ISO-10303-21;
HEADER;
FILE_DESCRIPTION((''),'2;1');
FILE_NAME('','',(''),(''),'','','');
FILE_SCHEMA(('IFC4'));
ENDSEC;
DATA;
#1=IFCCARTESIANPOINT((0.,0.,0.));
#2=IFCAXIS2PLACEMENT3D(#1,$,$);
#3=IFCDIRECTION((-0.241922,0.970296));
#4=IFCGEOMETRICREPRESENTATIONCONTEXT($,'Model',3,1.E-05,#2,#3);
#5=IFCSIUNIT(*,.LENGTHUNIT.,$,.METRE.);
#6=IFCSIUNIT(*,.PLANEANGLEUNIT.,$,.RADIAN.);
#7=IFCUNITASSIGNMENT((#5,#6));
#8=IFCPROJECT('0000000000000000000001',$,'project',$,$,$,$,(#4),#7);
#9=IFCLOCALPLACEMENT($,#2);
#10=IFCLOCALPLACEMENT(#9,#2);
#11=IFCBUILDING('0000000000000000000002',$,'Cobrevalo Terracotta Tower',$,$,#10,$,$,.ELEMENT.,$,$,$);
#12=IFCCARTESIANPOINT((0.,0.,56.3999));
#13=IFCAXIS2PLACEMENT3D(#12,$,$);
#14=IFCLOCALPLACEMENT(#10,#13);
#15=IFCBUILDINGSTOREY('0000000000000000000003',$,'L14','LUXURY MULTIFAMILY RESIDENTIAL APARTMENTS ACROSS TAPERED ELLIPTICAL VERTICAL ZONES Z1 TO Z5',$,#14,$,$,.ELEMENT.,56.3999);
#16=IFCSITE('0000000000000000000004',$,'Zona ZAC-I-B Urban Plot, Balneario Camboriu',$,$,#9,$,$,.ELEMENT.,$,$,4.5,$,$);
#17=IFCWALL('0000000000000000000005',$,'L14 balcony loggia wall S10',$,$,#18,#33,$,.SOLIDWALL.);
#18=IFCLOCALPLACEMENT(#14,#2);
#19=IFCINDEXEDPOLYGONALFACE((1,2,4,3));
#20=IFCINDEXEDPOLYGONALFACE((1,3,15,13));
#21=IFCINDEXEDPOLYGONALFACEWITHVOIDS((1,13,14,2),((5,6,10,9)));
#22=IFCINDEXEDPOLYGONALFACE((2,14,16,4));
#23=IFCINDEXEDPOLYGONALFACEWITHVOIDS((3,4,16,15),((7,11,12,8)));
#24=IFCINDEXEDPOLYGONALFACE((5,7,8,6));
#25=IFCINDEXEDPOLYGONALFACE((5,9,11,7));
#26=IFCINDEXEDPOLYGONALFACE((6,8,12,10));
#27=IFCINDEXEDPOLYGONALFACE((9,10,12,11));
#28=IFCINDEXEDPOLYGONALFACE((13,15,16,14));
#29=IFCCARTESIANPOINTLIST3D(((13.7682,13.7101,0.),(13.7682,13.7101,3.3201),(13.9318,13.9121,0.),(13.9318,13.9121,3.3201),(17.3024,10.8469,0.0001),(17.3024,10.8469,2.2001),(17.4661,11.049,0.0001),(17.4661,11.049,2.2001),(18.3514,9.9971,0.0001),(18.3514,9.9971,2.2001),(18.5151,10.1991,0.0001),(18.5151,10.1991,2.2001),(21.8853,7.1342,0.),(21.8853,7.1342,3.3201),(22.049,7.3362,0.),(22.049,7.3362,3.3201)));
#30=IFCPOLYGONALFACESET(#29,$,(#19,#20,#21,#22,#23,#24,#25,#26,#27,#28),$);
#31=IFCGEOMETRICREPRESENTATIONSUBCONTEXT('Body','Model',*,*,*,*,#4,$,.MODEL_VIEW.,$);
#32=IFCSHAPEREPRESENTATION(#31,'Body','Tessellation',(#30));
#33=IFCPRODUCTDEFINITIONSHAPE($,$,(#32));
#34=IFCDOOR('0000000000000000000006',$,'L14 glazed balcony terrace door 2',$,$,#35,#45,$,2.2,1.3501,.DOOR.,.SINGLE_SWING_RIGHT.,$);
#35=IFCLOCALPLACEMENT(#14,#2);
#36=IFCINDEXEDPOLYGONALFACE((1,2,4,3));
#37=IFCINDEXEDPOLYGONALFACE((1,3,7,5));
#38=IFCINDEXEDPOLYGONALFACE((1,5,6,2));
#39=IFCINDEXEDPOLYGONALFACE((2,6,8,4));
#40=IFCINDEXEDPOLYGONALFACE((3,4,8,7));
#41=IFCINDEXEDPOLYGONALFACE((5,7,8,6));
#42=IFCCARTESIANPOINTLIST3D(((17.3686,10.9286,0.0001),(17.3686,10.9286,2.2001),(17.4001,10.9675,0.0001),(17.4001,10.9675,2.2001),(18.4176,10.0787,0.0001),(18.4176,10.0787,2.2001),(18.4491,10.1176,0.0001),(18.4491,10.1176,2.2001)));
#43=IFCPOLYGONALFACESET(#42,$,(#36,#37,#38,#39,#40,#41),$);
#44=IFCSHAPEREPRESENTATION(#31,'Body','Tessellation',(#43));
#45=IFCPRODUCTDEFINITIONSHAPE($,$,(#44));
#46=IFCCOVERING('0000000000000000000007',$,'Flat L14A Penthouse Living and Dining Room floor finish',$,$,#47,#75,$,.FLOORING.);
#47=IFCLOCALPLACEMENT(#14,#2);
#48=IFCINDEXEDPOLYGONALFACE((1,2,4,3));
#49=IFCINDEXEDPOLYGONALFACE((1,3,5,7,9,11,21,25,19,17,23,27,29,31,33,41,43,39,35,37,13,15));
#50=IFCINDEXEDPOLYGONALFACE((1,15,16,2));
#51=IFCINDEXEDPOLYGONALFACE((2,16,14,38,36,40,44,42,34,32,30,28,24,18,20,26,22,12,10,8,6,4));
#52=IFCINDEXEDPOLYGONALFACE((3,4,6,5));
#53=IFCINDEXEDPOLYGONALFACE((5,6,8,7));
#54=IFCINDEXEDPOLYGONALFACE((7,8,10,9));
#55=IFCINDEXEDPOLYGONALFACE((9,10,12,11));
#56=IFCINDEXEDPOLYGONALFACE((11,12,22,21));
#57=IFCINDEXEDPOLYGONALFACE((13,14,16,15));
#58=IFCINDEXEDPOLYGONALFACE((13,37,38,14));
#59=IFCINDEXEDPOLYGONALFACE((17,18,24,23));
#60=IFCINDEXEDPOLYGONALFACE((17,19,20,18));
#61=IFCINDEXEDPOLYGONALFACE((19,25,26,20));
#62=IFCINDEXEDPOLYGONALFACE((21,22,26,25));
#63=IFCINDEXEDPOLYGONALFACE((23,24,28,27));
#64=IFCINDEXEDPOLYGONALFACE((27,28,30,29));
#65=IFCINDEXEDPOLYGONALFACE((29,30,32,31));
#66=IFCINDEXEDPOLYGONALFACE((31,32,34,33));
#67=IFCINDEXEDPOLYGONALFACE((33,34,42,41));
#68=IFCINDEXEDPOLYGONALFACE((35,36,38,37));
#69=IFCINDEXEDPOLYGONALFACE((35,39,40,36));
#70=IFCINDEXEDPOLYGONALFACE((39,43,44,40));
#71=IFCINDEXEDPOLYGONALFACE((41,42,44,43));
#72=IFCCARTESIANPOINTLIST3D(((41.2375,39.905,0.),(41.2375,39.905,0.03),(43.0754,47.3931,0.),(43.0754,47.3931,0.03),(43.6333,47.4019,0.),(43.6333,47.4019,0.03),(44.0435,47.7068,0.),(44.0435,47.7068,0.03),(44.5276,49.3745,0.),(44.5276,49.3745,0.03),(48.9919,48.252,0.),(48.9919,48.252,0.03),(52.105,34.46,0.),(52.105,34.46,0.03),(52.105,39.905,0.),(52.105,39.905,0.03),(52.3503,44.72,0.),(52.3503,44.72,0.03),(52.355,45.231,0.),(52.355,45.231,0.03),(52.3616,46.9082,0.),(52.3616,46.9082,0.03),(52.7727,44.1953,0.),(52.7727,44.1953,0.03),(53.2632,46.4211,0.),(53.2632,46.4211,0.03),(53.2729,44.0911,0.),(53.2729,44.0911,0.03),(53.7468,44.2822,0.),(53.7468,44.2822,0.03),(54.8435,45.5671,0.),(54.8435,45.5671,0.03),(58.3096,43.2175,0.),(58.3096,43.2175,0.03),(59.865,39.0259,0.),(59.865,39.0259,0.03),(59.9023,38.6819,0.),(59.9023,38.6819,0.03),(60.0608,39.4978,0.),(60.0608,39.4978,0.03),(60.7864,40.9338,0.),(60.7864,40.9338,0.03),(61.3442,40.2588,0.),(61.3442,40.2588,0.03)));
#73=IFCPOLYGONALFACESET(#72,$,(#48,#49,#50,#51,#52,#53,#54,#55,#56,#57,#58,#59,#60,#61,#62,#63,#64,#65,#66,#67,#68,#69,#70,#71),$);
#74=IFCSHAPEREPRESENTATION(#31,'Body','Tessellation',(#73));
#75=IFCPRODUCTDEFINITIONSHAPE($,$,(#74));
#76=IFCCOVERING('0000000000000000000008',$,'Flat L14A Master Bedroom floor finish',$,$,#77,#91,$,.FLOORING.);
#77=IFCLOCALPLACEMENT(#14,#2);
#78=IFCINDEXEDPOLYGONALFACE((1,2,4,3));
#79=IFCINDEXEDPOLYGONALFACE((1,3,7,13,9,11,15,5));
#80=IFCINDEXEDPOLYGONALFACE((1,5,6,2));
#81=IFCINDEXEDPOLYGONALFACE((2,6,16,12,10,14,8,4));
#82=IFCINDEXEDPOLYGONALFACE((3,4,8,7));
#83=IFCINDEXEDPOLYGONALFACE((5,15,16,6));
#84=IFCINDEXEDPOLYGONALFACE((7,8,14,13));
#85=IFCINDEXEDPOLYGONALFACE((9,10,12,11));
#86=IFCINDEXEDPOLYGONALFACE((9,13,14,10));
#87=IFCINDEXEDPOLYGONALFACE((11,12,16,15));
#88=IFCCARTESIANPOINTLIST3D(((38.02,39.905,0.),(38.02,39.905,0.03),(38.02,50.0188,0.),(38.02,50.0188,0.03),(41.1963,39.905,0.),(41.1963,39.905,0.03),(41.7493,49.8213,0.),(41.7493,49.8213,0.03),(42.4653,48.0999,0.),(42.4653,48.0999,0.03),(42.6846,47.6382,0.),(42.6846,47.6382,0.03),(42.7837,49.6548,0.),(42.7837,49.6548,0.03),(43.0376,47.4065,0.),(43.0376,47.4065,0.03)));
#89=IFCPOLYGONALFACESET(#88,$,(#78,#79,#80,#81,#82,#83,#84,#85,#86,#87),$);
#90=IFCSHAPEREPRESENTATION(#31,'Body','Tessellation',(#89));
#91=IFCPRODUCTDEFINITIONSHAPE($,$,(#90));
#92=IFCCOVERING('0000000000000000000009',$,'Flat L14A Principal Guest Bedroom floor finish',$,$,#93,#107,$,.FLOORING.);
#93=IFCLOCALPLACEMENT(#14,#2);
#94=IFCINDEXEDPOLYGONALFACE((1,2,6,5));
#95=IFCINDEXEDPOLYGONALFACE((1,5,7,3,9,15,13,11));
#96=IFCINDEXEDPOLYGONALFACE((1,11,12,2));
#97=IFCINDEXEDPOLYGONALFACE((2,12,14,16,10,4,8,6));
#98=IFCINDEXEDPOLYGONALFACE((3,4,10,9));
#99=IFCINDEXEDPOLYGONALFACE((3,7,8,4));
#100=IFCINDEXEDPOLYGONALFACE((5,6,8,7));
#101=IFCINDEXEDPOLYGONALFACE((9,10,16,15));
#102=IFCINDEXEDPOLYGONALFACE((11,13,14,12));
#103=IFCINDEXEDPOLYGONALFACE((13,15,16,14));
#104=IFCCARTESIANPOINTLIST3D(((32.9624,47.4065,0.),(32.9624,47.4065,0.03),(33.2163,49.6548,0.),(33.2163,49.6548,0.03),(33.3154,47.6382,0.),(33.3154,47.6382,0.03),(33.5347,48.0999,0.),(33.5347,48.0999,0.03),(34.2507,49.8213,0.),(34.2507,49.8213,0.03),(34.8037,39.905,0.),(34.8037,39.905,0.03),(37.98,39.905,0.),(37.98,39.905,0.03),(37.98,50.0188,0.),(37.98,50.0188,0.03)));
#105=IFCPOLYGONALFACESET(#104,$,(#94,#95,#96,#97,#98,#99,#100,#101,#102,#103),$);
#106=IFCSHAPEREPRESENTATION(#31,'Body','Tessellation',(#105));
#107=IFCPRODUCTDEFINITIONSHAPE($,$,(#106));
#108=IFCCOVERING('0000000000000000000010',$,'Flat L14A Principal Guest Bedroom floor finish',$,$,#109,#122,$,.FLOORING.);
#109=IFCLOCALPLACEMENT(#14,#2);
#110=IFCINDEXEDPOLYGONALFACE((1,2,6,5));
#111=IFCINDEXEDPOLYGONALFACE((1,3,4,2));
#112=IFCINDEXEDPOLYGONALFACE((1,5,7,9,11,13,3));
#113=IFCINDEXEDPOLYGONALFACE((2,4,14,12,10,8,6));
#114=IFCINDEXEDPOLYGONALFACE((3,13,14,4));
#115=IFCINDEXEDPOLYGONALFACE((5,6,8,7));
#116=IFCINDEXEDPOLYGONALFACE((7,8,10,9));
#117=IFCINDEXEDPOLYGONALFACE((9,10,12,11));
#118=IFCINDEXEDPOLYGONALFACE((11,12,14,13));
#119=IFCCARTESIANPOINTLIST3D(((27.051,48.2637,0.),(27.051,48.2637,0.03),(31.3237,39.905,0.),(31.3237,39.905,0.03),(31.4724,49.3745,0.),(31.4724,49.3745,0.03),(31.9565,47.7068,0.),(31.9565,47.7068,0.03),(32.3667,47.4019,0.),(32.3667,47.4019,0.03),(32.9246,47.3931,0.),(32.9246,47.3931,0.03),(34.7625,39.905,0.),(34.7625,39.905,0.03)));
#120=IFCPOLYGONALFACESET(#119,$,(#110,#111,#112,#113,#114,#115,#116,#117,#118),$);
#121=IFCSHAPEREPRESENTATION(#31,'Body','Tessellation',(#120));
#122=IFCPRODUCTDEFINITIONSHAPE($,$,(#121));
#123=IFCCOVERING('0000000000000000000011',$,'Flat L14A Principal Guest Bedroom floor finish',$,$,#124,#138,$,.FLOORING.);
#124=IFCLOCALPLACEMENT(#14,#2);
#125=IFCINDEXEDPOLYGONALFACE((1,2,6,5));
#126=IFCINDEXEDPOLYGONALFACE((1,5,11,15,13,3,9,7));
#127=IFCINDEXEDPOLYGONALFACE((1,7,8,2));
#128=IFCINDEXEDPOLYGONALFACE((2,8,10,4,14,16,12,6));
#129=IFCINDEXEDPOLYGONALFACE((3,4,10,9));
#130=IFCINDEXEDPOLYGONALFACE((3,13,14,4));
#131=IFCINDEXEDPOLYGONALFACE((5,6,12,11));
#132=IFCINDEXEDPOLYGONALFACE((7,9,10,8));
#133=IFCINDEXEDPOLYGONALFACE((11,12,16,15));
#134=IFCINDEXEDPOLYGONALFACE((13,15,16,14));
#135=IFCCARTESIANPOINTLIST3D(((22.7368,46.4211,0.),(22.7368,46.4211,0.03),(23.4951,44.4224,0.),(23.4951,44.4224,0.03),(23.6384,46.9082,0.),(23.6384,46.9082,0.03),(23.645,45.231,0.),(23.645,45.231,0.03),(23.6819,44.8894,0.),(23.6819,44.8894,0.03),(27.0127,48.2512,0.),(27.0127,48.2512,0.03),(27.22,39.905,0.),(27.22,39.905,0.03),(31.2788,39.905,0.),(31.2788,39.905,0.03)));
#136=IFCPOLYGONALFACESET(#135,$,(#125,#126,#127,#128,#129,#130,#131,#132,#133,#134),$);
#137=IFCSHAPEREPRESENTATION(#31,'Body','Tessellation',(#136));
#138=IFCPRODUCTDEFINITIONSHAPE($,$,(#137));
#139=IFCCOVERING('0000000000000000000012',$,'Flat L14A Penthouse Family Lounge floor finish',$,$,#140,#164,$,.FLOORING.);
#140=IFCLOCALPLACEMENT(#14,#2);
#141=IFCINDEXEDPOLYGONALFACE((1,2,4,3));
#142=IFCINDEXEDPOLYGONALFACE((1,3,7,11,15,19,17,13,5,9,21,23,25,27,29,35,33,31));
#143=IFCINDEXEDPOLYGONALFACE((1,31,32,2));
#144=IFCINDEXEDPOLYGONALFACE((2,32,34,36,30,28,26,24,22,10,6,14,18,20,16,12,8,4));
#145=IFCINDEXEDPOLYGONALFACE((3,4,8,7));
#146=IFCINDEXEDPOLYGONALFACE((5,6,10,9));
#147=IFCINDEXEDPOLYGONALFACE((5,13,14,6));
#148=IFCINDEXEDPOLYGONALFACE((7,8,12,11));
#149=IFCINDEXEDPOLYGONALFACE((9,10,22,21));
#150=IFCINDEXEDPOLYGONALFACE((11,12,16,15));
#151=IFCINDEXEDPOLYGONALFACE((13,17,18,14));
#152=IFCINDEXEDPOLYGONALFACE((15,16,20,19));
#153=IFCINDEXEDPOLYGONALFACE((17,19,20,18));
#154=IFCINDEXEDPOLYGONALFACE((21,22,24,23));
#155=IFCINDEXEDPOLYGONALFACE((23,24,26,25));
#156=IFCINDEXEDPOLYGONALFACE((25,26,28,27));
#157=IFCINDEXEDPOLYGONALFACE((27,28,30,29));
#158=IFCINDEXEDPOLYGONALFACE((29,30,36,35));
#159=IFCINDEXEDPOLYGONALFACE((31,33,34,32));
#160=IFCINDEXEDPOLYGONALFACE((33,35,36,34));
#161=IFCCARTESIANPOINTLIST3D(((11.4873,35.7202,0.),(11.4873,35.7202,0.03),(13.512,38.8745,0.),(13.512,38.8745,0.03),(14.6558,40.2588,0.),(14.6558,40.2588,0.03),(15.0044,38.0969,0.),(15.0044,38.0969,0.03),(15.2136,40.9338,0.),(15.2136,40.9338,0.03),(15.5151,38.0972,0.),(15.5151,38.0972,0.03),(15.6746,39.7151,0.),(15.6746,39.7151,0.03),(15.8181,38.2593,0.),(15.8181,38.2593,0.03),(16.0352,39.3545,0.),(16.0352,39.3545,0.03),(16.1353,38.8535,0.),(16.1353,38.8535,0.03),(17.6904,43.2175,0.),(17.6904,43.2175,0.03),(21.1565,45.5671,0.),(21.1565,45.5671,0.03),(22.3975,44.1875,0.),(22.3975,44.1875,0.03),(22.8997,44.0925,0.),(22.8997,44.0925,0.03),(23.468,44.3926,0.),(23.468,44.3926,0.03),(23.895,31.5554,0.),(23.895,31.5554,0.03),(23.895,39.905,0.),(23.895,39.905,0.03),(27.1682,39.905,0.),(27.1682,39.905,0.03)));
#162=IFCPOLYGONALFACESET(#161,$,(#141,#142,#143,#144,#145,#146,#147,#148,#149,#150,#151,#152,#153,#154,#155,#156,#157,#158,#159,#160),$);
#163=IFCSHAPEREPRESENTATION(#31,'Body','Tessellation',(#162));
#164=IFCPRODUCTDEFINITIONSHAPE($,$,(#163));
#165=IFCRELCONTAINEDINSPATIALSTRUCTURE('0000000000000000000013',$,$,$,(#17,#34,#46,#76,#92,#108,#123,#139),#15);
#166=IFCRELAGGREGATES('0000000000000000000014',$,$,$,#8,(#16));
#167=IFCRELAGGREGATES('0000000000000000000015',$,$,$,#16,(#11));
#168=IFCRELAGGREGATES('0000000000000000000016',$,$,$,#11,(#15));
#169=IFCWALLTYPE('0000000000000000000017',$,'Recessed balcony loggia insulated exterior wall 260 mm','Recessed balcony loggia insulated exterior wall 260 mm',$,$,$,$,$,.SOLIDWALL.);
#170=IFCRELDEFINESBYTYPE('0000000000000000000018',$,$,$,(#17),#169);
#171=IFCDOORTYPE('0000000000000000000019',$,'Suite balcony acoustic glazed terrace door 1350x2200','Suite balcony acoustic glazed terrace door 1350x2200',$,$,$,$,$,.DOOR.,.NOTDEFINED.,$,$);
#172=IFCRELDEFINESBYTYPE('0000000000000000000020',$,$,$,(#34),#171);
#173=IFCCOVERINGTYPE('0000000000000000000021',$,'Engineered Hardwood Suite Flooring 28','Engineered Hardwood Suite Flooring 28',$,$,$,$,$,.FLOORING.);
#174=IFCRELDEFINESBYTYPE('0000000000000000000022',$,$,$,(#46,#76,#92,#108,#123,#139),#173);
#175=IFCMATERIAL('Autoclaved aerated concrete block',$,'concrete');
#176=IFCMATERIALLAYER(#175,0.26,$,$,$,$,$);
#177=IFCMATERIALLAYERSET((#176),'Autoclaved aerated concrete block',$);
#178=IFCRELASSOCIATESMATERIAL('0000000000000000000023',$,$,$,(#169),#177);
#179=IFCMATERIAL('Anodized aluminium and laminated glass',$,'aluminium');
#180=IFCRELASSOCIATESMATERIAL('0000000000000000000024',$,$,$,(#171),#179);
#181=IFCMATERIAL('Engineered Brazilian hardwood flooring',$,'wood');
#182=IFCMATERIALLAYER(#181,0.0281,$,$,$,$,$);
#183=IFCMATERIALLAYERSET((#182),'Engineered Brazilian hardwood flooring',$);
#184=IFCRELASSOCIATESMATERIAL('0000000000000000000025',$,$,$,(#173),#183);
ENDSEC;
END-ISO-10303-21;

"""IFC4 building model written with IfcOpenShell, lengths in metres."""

from ifc_helpers import new_model, si_unit, direction, frame, frame_2d, origin, place, context, subcontext, project, spatial, polyline, rectangle, outline, extrude, source, transform, mapped, material, layer, layer_set, type_object, element, fill, save


model = new_model("IFC4")

# Units and contexts
model_context = context("Model", 3, precision=1e-05, world=origin(), true_north=direction((-0.241922, 0.970296)))
body_context = subcontext(model_context, "Body", "Model", "MODEL_VIEW")
ifc_project = project(units=[si_unit("LENGTHUNIT", "METRE"), si_unit("PLANEANGLEUNIT", "RADIAN")], contexts=[model_context])

# Site, building, storey
site_placement = place(None, origin())
site = spatial("IfcSite", under=ifc_project, at=site_placement, Name="Zona ZAC-I-B Urban Plot, Balneario Camboriu", CompositionType="ELEMENT", RefElevation=4.5)
building_placement = place(site_placement, origin())
building = spatial("IfcBuilding", under=site, at=building_placement, Name="Cobrevalo Terracotta Tower", CompositionType="ELEMENT")
storey_placement = place(building_placement, frame((0.0, 0.0, 56.3999)))
storey = spatial("IfcBuildingStorey", under=building, at=storey_placement, Name="L14", Description="LUXURY MULTIFAMILY RESIDENTIAL APARTMENTS ACROSS TAPERED ELLIPTICAL VERTICAL ZONES Z1 TO Z5", CompositionType="ELEMENT", Elevation=56.3999)

# Wall, opening, door
ifc_material_1 = material(Name="Autoclaved aerated concrete block", Category="concrete")
ifc_layer_1 = layer(ifc_material_1, 0.26)
ifc_layer_set_1 = layer_set([ifc_layer_1], Name="Autoclaved aerated concrete block")
wall_type = type_object("IfcWallType", Name="Recessed balcony loggia insulated exterior wall 260 mm", Description="Recessed balcony loggia insulated exterior wall 260 mm", PredefinedType="SOLIDWALL", material=ifc_layer_set_1)
wall_placement = place(storey_placement, frame((13.8501, 13.811, 0.0), z_axis=(0.0, 0.0, 1.0), x_axis=(0.777017, -0.62948, 0.0)))
wall = element("IfcWall", 1, at=wall_placement, inside=storey, type_object=wall_type, Name="L14 balcony loggia wall S10", PredefinedType="SOLIDWALL", context=body_context, shape_type="SweptSolid", body=[
    extrude(rectangle(XDim=10.4465, YDim=0.26, at=frame_2d((5.2231, 0.0))), origin(), (0.0, 0.0, 1.0), 3.3201),
])
opening_placement = place(wall_placement, frame((4.5483, 0.0, 0.0)))
opening = element("IfcOpeningElement", 2, at=opening_placement, cuts=wall, PredefinedType="OPENING", context=body_context, shape_type="SweptSolid", body=[
    extrude(rectangle(XDim=1.3501, YDim=2.2, at=frame_2d((0.675, 1.1001))), frame((0.0, 0.1401, 0.0), z_axis=(0.0, -1.0, 0.0), x_axis=(1.0, 0.0, 0.0)), (0.0, 0.0, 1.0), 0.28),
])
ifc_material_2 = material(Name="Anodized aluminium and laminated glass", Category="aluminium")
door_type = type_object("IfcDoorType", Name="Suite balcony acoustic glazed terrace door 1350x2200", Description="Suite balcony acoustic glazed terrace door 1350x2200", OperationType="NOTDEFINED", PredefinedType="DOOR", material=ifc_material_2)
shared_shape_1 = source(origin(), body_context, "Body", "SweptSolid", [
    extrude(rectangle(XDim=1.3501, YDim=2.2, at=frame_2d((0.675, 1.1001))), frame((0.0, 0.0249, 0.0), z_axis=(0.0, -1.0, 0.0), x_axis=(1.0, 0.0, 0.0)), (0.0, 0.0, 1.0), 0.05),
])
door_placement = place(opening_placement, frame((1.3501, 0.0, 0.0), z_axis=(0.0, 0.0, 1.0), x_axis=(-1.0, 0.0, 0.0)))
door = element("IfcDoor", 3, at=door_placement, inside=storey, type_object=door_type, Name="L14 glazed balcony terrace door 2", OperationType="SINGLE_SWING_RIGHT", OverallHeight=2.2, OverallWidth=1.3501, PredefinedType="DOOR", context=body_context, shape_type="MappedRepresentation", body=[
    mapped(shared_shape_1, transform((0.0, 0.0, 0.0), scale=1.0)),
])
fill(opening, door)

# Coverings
ifc_material_3 = material(Name="Engineered Brazilian hardwood flooring", Category="wood")
ifc_layer_2 = layer(ifc_material_3, 0.0281)
ifc_layer_set_2 = layer_set([ifc_layer_2], Name="Engineered Brazilian hardwood flooring")
covering_type_1 = type_object("IfcCoveringType", Name="Engineered Hardwood Suite Flooring 28", Description="Engineered Hardwood Suite Flooring 28", PredefinedType="FLOORING", material=ifc_layer_set_2)
covering_1_placement = place(storey_placement, origin())
element("IfcCovering", 4, at=covering_1_placement, inside=storey, type_object=covering_type_1, Name="Flat L14A Penthouse Living and Dining Room floor finish", PredefinedType="FLOORING", context=body_context, shape_type="SweptSolid", body=[
    extrude(outline(polyline([(48.9919, 48.252), (52.3616, 46.9082), (53.2632, 46.4211), (52.355, 45.231), (52.3503, 44.72), (52.7727, 44.1953), (53.2729, 44.0911), (53.7468, 44.2822), (54.8435, 45.5671), (58.3096, 43.2175), (60.7864, 40.9338), (61.3442, 40.2588), (60.0608, 39.4978), (59.865, 39.0259), (59.9023, 38.6819), (52.105, 34.46), (52.105, 39.905), (41.2375, 39.905), (43.0754, 47.3931), (43.6333, 47.4019), (44.0435, 47.7068), (44.5276, 49.3745), (48.9919, 48.252)])), origin(), (0.0, 0.0, 1.0), 0.03),
])
covering_2_placement = place(storey_placement, origin())
element("IfcCovering", 5, at=covering_2_placement, inside=storey, type_object=covering_type_1, Name="Flat L14A Master Bedroom floor finish", PredefinedType="FLOORING", context=body_context, shape_type="SweptSolid", body=[
    extrude(outline(polyline([(42.7837, 49.6548), (42.4653, 48.0999), (42.6846, 47.6382), (43.0376, 47.4065), (41.1963, 39.905), (38.02, 39.905), (38.02, 50.0188), (41.7493, 49.8213), (42.7837, 49.6548)])), origin(), (0.0, 0.0, 1.0), 0.03),
])
covering_3_placement = place(storey_placement, origin())
element("IfcCovering", 6, at=covering_3_placement, inside=storey, type_object=covering_type_1, Name="Flat L14A Principal Guest Bedroom floor finish", PredefinedType="FLOORING", context=body_context, shape_type="SweptSolid", body=[
    extrude(outline(polyline([(37.98, 50.0188), (37.98, 39.905), (34.8037, 39.905), (32.9624, 47.4065), (33.3154, 47.6382), (33.5347, 48.0999), (33.2163, 49.6548), (34.2507, 49.8213), (37.98, 50.0188)])), origin(), (0.0, 0.0, 1.0), 0.03),
])
covering_4_placement = place(storey_placement, origin())
element("IfcCovering", 7, at=covering_4_placement, inside=storey, type_object=covering_type_1, Name="Flat L14A Principal Guest Bedroom floor finish", PredefinedType="FLOORING", context=body_context, shape_type="SweptSolid", body=[
    extrude(outline(polyline([(31.4724, 49.3745), (31.9565, 47.7068), (32.3667, 47.4019), (32.9246, 47.3931), (34.7625, 39.905), (31.3237, 39.905), (27.051, 48.2637), (31.4724, 49.3745)])), origin(), (0.0, 0.0, 1.0), 0.03),
])
covering_5_placement = place(storey_placement, origin())
element("IfcCovering", 8, at=covering_5_placement, inside=storey, type_object=covering_type_1, Name="Flat L14A Principal Guest Bedroom floor finish", PredefinedType="FLOORING", context=body_context, shape_type="SweptSolid", body=[
    extrude(outline(polyline([(23.4951, 44.4224), (23.6819, 44.8894), (23.645, 45.231), (22.7368, 46.4211), (23.6384, 46.9082), (27.0127, 48.2512), (31.2788, 39.905), (27.22, 39.905), (23.4951, 44.4224)])), origin(), (0.0, 0.0, 1.0), 0.03),
])
covering_6_placement = place(storey_placement, origin())
element("IfcCovering", 9, at=covering_6_placement, inside=storey, type_object=covering_type_1, Name="Flat L14A Penthouse Family Lounge floor finish", PredefinedType="FLOORING", context=body_context, shape_type="SweptSolid", body=[
    extrude(outline(polyline([(13.512, 38.8745), (15.0044, 38.0969), (15.5151, 38.0972), (15.8181, 38.2593), (16.1353, 38.8535), (16.0352, 39.3545), (15.6746, 39.7151), (14.6558, 40.2588), (15.2136, 40.9338), (17.6904, 43.2175), (21.1565, 45.5671), (22.3975, 44.1875), (22.8997, 44.0925), (23.468, 44.3926), (27.1682, 39.905), (23.895, 39.905), (23.895, 31.5554), (11.4873, 35.7202), (13.512, 38.8745)])), origin(), (0.0, 0.0, 1.0), 0.03),
])

save(model, "model.ifc")
